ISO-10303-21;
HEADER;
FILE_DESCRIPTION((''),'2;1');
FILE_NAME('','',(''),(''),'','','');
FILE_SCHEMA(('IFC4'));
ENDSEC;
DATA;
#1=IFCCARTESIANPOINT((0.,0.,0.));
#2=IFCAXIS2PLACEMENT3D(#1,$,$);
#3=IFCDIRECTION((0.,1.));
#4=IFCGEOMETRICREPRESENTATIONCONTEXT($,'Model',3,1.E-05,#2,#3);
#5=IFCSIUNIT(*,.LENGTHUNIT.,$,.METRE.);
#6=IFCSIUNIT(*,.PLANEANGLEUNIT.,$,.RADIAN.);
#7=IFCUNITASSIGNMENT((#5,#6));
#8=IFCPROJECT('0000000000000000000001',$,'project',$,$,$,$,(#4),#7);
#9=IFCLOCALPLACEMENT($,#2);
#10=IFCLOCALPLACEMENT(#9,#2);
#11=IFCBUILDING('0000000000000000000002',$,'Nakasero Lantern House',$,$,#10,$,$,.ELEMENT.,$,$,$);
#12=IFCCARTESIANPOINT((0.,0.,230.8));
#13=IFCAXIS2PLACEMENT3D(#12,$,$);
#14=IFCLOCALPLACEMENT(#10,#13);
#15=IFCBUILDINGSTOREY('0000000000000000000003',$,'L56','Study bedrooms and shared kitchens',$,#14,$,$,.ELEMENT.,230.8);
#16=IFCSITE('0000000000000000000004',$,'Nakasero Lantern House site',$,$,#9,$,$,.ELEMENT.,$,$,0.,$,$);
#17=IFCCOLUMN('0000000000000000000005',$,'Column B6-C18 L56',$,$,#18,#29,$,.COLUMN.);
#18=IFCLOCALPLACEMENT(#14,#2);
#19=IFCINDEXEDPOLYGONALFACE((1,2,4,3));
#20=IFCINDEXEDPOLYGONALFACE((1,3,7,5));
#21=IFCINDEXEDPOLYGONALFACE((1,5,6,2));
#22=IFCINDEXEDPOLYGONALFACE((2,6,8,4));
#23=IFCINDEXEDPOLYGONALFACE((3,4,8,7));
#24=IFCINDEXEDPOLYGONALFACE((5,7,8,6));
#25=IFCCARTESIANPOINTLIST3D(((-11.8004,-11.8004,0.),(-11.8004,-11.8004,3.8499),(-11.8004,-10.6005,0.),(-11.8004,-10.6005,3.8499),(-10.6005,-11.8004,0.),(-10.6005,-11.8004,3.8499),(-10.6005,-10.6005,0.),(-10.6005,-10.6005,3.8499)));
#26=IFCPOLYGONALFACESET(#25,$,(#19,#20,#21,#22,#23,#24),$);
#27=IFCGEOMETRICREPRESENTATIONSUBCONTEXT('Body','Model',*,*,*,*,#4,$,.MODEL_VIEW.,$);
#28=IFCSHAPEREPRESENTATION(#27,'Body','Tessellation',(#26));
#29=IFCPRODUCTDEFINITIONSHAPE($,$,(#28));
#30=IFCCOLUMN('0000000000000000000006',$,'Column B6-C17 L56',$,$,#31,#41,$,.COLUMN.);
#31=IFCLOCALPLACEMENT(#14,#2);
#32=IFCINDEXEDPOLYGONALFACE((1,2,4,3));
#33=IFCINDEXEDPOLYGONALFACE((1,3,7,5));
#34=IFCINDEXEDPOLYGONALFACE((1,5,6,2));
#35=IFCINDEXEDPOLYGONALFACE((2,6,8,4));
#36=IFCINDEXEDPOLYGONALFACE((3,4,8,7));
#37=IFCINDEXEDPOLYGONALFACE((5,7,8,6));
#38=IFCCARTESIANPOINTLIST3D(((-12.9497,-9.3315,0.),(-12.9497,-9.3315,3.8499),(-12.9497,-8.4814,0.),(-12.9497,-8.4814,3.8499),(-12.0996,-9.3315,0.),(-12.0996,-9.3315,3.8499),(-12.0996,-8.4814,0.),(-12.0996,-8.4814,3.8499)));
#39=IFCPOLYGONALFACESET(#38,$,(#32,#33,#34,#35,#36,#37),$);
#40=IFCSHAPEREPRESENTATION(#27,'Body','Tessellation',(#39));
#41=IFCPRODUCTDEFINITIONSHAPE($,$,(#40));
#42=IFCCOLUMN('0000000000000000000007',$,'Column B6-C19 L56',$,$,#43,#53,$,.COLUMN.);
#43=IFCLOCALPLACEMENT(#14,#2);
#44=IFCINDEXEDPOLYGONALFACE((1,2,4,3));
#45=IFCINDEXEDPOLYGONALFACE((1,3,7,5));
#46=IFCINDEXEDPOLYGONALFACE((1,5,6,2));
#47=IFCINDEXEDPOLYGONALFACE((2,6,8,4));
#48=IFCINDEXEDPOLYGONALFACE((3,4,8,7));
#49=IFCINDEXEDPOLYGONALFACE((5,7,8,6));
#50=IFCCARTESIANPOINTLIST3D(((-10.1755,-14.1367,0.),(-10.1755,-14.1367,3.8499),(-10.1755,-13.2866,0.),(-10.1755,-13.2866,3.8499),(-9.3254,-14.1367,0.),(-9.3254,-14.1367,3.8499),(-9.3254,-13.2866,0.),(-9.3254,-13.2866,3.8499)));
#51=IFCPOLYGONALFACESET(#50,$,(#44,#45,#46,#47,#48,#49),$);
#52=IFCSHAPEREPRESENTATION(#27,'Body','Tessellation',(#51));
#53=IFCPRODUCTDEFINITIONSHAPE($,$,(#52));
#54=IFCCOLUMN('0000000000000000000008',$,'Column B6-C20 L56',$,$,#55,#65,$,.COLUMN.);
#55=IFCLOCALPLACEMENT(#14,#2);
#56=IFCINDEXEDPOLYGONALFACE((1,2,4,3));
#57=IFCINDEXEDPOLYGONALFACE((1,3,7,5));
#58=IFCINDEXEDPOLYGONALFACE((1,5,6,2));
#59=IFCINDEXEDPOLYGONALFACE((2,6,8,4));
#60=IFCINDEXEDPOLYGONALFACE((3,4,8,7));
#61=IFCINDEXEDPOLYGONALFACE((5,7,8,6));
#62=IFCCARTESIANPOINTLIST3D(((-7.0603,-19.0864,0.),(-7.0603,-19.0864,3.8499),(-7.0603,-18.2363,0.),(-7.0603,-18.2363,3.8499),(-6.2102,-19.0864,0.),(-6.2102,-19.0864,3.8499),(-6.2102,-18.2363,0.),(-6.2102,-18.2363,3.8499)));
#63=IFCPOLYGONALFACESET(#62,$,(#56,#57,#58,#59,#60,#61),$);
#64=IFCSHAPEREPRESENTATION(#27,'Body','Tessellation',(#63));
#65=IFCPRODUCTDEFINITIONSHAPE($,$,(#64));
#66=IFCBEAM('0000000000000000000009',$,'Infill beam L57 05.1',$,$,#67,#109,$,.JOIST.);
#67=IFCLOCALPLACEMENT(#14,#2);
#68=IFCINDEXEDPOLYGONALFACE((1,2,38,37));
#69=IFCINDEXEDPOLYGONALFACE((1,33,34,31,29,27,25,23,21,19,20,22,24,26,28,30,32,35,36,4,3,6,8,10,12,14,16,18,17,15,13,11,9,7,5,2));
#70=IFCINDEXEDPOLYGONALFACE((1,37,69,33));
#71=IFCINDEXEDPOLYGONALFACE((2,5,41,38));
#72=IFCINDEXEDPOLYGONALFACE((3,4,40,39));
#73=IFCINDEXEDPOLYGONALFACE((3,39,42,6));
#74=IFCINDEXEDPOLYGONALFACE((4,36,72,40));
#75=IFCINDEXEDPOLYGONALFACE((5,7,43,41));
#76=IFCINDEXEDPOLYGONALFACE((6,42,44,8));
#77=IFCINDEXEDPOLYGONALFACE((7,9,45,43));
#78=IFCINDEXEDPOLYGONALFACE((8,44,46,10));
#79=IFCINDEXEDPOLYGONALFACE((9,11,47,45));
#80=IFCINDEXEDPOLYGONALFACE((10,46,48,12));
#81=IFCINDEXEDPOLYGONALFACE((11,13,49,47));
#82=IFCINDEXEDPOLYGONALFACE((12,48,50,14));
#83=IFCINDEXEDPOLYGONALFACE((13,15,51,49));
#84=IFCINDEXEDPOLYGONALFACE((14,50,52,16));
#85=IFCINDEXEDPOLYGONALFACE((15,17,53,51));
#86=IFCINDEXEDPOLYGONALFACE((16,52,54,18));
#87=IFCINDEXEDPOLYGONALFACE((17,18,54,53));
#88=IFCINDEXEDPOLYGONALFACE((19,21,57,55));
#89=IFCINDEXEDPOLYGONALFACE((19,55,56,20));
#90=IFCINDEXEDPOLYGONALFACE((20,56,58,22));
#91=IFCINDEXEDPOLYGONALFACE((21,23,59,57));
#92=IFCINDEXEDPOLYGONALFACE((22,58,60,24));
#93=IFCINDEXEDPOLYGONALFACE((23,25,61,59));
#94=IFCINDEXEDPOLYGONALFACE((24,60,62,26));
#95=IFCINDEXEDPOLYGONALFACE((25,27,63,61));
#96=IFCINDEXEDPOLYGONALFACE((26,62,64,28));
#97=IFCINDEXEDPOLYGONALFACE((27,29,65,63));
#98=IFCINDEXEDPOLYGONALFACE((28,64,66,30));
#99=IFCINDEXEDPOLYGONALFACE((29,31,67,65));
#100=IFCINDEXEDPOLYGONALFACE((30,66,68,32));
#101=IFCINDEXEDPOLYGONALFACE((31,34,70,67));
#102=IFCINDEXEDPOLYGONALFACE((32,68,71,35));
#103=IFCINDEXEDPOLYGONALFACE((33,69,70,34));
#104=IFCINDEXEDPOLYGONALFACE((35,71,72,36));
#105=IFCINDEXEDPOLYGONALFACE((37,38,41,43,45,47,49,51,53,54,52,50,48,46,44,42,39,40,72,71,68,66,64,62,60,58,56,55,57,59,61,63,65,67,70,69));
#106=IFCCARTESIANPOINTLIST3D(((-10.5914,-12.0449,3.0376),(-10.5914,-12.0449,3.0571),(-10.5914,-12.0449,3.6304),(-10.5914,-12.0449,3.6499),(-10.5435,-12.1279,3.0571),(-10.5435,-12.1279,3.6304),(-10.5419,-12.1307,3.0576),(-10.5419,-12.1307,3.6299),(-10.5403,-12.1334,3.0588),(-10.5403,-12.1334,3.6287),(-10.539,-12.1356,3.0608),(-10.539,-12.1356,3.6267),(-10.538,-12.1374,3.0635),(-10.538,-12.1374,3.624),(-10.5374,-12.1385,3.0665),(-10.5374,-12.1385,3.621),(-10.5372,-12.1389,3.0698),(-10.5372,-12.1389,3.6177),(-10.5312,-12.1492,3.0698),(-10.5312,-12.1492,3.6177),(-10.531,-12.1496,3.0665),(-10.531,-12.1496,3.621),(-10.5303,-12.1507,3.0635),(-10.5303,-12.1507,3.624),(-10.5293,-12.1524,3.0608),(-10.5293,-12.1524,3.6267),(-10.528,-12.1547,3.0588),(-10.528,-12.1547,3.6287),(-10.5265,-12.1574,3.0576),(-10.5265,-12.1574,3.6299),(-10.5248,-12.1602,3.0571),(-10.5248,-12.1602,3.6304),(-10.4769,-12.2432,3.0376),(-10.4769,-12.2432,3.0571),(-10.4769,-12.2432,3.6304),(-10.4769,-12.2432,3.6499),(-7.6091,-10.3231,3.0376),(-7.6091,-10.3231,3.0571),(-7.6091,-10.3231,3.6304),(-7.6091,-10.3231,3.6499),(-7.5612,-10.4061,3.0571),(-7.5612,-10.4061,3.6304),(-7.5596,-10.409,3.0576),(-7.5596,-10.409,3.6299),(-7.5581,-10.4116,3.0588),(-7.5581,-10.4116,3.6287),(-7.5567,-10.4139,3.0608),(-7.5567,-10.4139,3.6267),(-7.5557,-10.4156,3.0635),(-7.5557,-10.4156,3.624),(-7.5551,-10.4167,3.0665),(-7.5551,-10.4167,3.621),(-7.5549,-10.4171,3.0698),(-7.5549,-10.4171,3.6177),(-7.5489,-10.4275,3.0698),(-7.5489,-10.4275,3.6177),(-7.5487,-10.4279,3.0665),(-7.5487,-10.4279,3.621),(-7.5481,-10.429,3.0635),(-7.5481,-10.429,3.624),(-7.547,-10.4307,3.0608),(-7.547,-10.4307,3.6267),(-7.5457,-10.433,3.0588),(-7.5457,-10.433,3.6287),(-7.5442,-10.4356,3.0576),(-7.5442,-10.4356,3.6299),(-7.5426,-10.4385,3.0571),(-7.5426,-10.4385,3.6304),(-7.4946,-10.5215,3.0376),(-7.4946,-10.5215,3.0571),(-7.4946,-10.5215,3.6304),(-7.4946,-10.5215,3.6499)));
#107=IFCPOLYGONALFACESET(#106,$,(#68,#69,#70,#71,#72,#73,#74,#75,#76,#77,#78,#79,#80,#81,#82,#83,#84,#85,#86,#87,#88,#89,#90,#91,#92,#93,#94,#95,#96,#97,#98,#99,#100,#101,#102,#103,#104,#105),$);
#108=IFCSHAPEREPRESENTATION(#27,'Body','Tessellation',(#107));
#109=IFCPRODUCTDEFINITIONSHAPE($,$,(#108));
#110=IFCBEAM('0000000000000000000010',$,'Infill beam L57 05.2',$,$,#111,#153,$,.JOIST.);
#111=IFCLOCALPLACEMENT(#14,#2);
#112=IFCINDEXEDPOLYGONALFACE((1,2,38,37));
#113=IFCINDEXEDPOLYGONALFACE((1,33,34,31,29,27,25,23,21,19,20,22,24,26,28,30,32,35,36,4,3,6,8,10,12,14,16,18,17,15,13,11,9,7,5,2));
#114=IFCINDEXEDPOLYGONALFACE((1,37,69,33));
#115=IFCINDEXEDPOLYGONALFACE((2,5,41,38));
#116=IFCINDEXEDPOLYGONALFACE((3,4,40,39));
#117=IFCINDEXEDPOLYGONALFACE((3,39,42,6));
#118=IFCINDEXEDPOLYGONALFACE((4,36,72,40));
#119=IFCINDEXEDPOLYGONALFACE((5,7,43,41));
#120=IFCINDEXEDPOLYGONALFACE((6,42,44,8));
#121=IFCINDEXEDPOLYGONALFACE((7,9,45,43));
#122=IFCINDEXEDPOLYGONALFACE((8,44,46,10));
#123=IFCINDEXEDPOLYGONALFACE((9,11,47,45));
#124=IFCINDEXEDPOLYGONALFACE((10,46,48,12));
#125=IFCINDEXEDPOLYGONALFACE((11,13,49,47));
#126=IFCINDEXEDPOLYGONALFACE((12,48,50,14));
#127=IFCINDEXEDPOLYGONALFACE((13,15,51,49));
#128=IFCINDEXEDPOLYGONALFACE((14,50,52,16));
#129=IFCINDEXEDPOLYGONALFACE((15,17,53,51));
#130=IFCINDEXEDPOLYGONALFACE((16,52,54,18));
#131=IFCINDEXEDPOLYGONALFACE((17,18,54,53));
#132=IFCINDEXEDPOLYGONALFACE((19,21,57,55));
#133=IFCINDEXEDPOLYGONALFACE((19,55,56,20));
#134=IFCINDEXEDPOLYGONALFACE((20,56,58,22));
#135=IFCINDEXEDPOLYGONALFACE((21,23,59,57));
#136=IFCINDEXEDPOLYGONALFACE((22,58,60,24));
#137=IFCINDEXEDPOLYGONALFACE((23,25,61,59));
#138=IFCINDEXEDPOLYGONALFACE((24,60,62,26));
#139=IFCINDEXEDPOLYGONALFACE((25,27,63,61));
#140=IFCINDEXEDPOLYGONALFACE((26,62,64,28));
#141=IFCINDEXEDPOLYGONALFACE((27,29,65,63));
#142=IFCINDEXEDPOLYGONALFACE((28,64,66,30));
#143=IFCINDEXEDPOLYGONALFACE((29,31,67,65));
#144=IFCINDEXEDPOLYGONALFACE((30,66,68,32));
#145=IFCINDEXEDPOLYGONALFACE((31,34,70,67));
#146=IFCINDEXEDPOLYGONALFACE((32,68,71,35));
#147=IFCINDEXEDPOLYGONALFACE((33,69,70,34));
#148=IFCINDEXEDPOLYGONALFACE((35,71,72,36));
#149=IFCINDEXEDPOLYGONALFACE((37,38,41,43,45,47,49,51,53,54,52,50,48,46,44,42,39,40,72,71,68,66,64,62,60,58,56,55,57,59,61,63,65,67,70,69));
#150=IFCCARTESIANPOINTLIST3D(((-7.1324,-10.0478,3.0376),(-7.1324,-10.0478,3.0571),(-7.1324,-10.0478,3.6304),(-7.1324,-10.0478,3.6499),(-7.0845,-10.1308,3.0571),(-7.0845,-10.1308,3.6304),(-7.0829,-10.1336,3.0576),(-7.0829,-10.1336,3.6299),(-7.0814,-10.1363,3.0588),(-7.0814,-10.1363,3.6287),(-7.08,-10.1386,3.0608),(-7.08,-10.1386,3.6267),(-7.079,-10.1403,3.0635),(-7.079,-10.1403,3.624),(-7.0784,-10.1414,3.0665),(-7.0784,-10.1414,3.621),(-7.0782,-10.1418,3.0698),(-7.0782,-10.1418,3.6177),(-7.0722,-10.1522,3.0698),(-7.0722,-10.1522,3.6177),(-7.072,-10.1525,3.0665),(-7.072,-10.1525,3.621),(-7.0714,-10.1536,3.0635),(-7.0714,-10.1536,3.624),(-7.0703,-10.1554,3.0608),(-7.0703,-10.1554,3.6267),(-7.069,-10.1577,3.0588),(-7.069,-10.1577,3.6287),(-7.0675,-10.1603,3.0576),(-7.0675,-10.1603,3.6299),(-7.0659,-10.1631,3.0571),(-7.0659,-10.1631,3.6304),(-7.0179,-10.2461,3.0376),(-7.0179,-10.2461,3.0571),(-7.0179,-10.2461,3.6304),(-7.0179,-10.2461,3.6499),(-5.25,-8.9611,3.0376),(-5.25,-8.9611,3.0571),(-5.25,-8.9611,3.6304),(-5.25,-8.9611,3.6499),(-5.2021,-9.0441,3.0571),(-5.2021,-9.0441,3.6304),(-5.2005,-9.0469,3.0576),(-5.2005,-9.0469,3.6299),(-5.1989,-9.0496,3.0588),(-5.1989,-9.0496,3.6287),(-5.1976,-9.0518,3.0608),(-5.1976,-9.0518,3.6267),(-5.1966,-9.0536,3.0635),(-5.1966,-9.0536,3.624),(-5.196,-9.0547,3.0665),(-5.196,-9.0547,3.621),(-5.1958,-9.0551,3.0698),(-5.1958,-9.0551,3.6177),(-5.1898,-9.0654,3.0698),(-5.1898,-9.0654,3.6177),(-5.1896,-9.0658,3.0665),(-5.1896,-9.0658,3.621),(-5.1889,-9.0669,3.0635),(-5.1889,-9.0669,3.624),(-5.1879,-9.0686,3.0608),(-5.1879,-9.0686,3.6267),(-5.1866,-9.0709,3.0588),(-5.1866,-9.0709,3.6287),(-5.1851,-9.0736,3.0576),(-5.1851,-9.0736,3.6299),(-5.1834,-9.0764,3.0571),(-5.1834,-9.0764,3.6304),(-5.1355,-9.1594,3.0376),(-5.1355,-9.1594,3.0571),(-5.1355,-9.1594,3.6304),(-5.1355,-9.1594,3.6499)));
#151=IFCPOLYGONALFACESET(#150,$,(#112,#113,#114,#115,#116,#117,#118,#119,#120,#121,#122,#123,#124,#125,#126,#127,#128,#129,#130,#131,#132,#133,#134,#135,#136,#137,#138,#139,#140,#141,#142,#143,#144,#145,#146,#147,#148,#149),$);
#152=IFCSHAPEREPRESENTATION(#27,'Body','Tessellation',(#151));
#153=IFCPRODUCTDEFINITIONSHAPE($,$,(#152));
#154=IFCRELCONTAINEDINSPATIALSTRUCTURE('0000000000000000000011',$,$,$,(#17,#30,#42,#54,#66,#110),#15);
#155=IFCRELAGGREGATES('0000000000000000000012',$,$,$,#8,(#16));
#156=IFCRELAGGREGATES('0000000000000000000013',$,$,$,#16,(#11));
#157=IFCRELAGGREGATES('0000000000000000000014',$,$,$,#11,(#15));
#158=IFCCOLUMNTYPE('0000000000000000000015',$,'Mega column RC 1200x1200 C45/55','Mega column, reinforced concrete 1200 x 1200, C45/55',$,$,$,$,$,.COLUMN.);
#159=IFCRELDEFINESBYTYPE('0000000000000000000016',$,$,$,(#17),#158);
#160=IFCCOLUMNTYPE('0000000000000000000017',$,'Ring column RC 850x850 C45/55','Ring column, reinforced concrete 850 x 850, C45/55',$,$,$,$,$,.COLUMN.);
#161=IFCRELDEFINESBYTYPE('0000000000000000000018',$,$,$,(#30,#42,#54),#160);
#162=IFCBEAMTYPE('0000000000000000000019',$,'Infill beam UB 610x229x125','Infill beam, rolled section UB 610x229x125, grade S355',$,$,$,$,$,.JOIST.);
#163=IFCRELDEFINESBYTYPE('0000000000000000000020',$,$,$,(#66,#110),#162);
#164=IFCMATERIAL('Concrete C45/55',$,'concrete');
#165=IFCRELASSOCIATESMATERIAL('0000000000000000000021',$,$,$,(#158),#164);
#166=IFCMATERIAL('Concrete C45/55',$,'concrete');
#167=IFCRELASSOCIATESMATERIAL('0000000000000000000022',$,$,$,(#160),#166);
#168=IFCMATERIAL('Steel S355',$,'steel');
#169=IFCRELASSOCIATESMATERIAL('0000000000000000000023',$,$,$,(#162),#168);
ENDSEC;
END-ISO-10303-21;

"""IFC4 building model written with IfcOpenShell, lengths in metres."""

from ifc_helpers import new_model, si_unit, direction, frame, origin, origin_2d, place, context, subcontext, project, spatial, rectangle, i_section, extrude, material, material_profile, profile_set, type_object, element, save


model = new_model("IFC4")

# Units and contexts
model_context = context("Model", 3, precision=1e-05, world=origin(), true_north=direction((0.0, 1.0)))
body_context = subcontext(model_context, "Body", "Model", "MODEL_VIEW")
ifc_project = project(units=[si_unit("LENGTHUNIT", "METRE"), si_unit("PLANEANGLEUNIT", "RADIAN")], contexts=[model_context])

# Site, building, storey
site_placement = place(None, origin())
site = spatial("IfcSite", under=ifc_project, at=site_placement, Name="Nakasero Lantern House site", CompositionType="ELEMENT", RefElevation=0.0)
building_placement = place(site_placement, origin())
building = spatial("IfcBuilding", under=site, at=building_placement, Name="Nakasero Lantern House", CompositionType="ELEMENT")
storey_placement = place(building_placement, frame((0.0, 0.0, 230.8)))
storey = spatial("IfcBuildingStorey", under=building, at=storey_placement, Name="L56", Description="Study bedrooms and shared kitchens", CompositionType="ELEMENT", Elevation=230.8)

# Columns
ifc_material_1 = material(Name="Concrete C45/55", Category="concrete")
ifc_material_profile_1 = material_profile(ifc_material_1, rectangle(XDim=1.2, YDim=1.2, at=origin_2d()), Name="RC 1200x1200")
ifc_profile_set_1 = profile_set([ifc_material_profile_1], Name="Concrete C45/55")
column_type_1 = type_object("IfcColumnType", Name="Mega column RC 1200x1200 C45/55", Description="Mega column, reinforced concrete 1200 x 1200, C45/55", PredefinedType="COLUMN", material=ifc_profile_set_1)
column_placement = place(storey_placement, frame((-11.2004, -11.2004, 0.0), z_axis=(0.0, 0.0, 1.0), x_axis=(1.0, 0.0, 0.0)))
element("IfcColumn", 1, at=column_placement, inside=storey, type_object=column_type_1, Name="Column B6-C18 L56", PredefinedType="COLUMN", context=body_context, shape_type="SweptSolid", body=[
    extrude(rectangle(XDim=1.2, YDim=1.2, at=origin_2d()), origin(), (0.0, 0.0, 1.0), 3.8499),
])
ifc_material_2 = material(Name="Concrete C45/55", Category="concrete")
ifc_material_profile_2 = material_profile(ifc_material_2, rectangle(XDim=0.8501, YDim=0.8501, at=origin_2d()), Name="RC 850x850")
ifc_profile_set_2 = profile_set([ifc_material_profile_2], Name="Concrete C45/55")
column_type_2 = type_object("IfcColumnType", Name="Ring column RC 850x850 C45/55", Description="Ring column, reinforced concrete 850 x 850, C45/55", PredefinedType="COLUMN", material=ifc_profile_set_2)
for number, where, z_axis, x_axis, name in (
    (2, (-12.5247, -8.9065, 0.0), (0.0, 0.0, 1.0), (1.0, 0.0, 0.0), "Column B6-C17 L56"),
    (3, (-9.7505, -13.7117, 0.0), (0.0, 0.0, 1.0), (1.0, 0.0, 0.0), "Column B6-C19 L56"),
    (4, (-6.6353, -18.6614, 0.0), (0.0, 0.0, 1.0), (1.0, 0.0, 0.0), "Column B6-C20 L56"),
):
    element("IfcColumn", number, at=place(storey_placement, frame(where, z_axis=z_axis, x_axis=x_axis)), inside=storey, type_object=column_type_2, Name=name, PredefinedType="COLUMN", context=body_context, shape_type="SweptSolid", body=[
        extrude(rectangle(XDim=0.8501, YDim=0.8501, at=origin_2d()), origin(), (0.0, 0.0, 1.0), 3.8499),
    ])

# Beams
ifc_material_3 = material(Name="Steel S355", Category="steel")
ifc_material_profile_3 = material_profile(ifc_material_3, i_section(OverallWidth=0.229, OverallDepth=0.6123, WebThickness=0.012, FlangeThickness=0.0195, FilletRadius=0.0127, at=origin_2d()), Name="UB 610x229x125")
ifc_profile_set_3 = profile_set([ifc_material_profile_3], Name="Steel S355")
beam_type_1 = type_object("IfcBeamType", Name="Infill beam UB 610x229x125", Description="Infill beam, rolled section UB 610x229x125, grade S355", PredefinedType="JOIST", material=ifc_profile_set_3)
beam_1_placement = place(storey_placement, frame((-10.5342, -12.144, 3.3438), z_axis=(0.866036, 0.499982, 0.0), x_axis=(-0.499982, 0.866036, 0.0)))
element("IfcBeam", 5, at=beam_1_placement, inside=storey, type_object=beam_type_1, Name="Infill beam L57 05.1", PredefinedType="JOIST", context=body_context, shape_type="SweptSolid", body=[
    extrude(i_section(OverallWidth=0.229, OverallDepth=0.6123, WebThickness=0.012, FlangeThickness=0.0195, FilletRadius=0.0127, at=origin_2d()), origin(), (0.0, 0.0, 1.0), 3.4436),
])
beam_2_placement = place(storey_placement, frame((-7.0752, -10.147, 3.3438), z_axis=(0.866043, 0.499969, 0.0), x_axis=(-0.499969, 0.866043, 0.0)))
element("IfcBeam", 6, at=beam_2_placement, inside=storey, type_object=beam_type_1, Name="Infill beam L57 05.2", PredefinedType="JOIST", context=body_context, shape_type="SweptSolid", body=[
    extrude(i_section(OverallWidth=0.229, OverallDepth=0.6123, WebThickness=0.012, FlangeThickness=0.0195, FilletRadius=0.0127, at=origin_2d()), origin(), (0.0, 0.0, 1.0), 2.1736),
])

save(model, "model.ifc")
